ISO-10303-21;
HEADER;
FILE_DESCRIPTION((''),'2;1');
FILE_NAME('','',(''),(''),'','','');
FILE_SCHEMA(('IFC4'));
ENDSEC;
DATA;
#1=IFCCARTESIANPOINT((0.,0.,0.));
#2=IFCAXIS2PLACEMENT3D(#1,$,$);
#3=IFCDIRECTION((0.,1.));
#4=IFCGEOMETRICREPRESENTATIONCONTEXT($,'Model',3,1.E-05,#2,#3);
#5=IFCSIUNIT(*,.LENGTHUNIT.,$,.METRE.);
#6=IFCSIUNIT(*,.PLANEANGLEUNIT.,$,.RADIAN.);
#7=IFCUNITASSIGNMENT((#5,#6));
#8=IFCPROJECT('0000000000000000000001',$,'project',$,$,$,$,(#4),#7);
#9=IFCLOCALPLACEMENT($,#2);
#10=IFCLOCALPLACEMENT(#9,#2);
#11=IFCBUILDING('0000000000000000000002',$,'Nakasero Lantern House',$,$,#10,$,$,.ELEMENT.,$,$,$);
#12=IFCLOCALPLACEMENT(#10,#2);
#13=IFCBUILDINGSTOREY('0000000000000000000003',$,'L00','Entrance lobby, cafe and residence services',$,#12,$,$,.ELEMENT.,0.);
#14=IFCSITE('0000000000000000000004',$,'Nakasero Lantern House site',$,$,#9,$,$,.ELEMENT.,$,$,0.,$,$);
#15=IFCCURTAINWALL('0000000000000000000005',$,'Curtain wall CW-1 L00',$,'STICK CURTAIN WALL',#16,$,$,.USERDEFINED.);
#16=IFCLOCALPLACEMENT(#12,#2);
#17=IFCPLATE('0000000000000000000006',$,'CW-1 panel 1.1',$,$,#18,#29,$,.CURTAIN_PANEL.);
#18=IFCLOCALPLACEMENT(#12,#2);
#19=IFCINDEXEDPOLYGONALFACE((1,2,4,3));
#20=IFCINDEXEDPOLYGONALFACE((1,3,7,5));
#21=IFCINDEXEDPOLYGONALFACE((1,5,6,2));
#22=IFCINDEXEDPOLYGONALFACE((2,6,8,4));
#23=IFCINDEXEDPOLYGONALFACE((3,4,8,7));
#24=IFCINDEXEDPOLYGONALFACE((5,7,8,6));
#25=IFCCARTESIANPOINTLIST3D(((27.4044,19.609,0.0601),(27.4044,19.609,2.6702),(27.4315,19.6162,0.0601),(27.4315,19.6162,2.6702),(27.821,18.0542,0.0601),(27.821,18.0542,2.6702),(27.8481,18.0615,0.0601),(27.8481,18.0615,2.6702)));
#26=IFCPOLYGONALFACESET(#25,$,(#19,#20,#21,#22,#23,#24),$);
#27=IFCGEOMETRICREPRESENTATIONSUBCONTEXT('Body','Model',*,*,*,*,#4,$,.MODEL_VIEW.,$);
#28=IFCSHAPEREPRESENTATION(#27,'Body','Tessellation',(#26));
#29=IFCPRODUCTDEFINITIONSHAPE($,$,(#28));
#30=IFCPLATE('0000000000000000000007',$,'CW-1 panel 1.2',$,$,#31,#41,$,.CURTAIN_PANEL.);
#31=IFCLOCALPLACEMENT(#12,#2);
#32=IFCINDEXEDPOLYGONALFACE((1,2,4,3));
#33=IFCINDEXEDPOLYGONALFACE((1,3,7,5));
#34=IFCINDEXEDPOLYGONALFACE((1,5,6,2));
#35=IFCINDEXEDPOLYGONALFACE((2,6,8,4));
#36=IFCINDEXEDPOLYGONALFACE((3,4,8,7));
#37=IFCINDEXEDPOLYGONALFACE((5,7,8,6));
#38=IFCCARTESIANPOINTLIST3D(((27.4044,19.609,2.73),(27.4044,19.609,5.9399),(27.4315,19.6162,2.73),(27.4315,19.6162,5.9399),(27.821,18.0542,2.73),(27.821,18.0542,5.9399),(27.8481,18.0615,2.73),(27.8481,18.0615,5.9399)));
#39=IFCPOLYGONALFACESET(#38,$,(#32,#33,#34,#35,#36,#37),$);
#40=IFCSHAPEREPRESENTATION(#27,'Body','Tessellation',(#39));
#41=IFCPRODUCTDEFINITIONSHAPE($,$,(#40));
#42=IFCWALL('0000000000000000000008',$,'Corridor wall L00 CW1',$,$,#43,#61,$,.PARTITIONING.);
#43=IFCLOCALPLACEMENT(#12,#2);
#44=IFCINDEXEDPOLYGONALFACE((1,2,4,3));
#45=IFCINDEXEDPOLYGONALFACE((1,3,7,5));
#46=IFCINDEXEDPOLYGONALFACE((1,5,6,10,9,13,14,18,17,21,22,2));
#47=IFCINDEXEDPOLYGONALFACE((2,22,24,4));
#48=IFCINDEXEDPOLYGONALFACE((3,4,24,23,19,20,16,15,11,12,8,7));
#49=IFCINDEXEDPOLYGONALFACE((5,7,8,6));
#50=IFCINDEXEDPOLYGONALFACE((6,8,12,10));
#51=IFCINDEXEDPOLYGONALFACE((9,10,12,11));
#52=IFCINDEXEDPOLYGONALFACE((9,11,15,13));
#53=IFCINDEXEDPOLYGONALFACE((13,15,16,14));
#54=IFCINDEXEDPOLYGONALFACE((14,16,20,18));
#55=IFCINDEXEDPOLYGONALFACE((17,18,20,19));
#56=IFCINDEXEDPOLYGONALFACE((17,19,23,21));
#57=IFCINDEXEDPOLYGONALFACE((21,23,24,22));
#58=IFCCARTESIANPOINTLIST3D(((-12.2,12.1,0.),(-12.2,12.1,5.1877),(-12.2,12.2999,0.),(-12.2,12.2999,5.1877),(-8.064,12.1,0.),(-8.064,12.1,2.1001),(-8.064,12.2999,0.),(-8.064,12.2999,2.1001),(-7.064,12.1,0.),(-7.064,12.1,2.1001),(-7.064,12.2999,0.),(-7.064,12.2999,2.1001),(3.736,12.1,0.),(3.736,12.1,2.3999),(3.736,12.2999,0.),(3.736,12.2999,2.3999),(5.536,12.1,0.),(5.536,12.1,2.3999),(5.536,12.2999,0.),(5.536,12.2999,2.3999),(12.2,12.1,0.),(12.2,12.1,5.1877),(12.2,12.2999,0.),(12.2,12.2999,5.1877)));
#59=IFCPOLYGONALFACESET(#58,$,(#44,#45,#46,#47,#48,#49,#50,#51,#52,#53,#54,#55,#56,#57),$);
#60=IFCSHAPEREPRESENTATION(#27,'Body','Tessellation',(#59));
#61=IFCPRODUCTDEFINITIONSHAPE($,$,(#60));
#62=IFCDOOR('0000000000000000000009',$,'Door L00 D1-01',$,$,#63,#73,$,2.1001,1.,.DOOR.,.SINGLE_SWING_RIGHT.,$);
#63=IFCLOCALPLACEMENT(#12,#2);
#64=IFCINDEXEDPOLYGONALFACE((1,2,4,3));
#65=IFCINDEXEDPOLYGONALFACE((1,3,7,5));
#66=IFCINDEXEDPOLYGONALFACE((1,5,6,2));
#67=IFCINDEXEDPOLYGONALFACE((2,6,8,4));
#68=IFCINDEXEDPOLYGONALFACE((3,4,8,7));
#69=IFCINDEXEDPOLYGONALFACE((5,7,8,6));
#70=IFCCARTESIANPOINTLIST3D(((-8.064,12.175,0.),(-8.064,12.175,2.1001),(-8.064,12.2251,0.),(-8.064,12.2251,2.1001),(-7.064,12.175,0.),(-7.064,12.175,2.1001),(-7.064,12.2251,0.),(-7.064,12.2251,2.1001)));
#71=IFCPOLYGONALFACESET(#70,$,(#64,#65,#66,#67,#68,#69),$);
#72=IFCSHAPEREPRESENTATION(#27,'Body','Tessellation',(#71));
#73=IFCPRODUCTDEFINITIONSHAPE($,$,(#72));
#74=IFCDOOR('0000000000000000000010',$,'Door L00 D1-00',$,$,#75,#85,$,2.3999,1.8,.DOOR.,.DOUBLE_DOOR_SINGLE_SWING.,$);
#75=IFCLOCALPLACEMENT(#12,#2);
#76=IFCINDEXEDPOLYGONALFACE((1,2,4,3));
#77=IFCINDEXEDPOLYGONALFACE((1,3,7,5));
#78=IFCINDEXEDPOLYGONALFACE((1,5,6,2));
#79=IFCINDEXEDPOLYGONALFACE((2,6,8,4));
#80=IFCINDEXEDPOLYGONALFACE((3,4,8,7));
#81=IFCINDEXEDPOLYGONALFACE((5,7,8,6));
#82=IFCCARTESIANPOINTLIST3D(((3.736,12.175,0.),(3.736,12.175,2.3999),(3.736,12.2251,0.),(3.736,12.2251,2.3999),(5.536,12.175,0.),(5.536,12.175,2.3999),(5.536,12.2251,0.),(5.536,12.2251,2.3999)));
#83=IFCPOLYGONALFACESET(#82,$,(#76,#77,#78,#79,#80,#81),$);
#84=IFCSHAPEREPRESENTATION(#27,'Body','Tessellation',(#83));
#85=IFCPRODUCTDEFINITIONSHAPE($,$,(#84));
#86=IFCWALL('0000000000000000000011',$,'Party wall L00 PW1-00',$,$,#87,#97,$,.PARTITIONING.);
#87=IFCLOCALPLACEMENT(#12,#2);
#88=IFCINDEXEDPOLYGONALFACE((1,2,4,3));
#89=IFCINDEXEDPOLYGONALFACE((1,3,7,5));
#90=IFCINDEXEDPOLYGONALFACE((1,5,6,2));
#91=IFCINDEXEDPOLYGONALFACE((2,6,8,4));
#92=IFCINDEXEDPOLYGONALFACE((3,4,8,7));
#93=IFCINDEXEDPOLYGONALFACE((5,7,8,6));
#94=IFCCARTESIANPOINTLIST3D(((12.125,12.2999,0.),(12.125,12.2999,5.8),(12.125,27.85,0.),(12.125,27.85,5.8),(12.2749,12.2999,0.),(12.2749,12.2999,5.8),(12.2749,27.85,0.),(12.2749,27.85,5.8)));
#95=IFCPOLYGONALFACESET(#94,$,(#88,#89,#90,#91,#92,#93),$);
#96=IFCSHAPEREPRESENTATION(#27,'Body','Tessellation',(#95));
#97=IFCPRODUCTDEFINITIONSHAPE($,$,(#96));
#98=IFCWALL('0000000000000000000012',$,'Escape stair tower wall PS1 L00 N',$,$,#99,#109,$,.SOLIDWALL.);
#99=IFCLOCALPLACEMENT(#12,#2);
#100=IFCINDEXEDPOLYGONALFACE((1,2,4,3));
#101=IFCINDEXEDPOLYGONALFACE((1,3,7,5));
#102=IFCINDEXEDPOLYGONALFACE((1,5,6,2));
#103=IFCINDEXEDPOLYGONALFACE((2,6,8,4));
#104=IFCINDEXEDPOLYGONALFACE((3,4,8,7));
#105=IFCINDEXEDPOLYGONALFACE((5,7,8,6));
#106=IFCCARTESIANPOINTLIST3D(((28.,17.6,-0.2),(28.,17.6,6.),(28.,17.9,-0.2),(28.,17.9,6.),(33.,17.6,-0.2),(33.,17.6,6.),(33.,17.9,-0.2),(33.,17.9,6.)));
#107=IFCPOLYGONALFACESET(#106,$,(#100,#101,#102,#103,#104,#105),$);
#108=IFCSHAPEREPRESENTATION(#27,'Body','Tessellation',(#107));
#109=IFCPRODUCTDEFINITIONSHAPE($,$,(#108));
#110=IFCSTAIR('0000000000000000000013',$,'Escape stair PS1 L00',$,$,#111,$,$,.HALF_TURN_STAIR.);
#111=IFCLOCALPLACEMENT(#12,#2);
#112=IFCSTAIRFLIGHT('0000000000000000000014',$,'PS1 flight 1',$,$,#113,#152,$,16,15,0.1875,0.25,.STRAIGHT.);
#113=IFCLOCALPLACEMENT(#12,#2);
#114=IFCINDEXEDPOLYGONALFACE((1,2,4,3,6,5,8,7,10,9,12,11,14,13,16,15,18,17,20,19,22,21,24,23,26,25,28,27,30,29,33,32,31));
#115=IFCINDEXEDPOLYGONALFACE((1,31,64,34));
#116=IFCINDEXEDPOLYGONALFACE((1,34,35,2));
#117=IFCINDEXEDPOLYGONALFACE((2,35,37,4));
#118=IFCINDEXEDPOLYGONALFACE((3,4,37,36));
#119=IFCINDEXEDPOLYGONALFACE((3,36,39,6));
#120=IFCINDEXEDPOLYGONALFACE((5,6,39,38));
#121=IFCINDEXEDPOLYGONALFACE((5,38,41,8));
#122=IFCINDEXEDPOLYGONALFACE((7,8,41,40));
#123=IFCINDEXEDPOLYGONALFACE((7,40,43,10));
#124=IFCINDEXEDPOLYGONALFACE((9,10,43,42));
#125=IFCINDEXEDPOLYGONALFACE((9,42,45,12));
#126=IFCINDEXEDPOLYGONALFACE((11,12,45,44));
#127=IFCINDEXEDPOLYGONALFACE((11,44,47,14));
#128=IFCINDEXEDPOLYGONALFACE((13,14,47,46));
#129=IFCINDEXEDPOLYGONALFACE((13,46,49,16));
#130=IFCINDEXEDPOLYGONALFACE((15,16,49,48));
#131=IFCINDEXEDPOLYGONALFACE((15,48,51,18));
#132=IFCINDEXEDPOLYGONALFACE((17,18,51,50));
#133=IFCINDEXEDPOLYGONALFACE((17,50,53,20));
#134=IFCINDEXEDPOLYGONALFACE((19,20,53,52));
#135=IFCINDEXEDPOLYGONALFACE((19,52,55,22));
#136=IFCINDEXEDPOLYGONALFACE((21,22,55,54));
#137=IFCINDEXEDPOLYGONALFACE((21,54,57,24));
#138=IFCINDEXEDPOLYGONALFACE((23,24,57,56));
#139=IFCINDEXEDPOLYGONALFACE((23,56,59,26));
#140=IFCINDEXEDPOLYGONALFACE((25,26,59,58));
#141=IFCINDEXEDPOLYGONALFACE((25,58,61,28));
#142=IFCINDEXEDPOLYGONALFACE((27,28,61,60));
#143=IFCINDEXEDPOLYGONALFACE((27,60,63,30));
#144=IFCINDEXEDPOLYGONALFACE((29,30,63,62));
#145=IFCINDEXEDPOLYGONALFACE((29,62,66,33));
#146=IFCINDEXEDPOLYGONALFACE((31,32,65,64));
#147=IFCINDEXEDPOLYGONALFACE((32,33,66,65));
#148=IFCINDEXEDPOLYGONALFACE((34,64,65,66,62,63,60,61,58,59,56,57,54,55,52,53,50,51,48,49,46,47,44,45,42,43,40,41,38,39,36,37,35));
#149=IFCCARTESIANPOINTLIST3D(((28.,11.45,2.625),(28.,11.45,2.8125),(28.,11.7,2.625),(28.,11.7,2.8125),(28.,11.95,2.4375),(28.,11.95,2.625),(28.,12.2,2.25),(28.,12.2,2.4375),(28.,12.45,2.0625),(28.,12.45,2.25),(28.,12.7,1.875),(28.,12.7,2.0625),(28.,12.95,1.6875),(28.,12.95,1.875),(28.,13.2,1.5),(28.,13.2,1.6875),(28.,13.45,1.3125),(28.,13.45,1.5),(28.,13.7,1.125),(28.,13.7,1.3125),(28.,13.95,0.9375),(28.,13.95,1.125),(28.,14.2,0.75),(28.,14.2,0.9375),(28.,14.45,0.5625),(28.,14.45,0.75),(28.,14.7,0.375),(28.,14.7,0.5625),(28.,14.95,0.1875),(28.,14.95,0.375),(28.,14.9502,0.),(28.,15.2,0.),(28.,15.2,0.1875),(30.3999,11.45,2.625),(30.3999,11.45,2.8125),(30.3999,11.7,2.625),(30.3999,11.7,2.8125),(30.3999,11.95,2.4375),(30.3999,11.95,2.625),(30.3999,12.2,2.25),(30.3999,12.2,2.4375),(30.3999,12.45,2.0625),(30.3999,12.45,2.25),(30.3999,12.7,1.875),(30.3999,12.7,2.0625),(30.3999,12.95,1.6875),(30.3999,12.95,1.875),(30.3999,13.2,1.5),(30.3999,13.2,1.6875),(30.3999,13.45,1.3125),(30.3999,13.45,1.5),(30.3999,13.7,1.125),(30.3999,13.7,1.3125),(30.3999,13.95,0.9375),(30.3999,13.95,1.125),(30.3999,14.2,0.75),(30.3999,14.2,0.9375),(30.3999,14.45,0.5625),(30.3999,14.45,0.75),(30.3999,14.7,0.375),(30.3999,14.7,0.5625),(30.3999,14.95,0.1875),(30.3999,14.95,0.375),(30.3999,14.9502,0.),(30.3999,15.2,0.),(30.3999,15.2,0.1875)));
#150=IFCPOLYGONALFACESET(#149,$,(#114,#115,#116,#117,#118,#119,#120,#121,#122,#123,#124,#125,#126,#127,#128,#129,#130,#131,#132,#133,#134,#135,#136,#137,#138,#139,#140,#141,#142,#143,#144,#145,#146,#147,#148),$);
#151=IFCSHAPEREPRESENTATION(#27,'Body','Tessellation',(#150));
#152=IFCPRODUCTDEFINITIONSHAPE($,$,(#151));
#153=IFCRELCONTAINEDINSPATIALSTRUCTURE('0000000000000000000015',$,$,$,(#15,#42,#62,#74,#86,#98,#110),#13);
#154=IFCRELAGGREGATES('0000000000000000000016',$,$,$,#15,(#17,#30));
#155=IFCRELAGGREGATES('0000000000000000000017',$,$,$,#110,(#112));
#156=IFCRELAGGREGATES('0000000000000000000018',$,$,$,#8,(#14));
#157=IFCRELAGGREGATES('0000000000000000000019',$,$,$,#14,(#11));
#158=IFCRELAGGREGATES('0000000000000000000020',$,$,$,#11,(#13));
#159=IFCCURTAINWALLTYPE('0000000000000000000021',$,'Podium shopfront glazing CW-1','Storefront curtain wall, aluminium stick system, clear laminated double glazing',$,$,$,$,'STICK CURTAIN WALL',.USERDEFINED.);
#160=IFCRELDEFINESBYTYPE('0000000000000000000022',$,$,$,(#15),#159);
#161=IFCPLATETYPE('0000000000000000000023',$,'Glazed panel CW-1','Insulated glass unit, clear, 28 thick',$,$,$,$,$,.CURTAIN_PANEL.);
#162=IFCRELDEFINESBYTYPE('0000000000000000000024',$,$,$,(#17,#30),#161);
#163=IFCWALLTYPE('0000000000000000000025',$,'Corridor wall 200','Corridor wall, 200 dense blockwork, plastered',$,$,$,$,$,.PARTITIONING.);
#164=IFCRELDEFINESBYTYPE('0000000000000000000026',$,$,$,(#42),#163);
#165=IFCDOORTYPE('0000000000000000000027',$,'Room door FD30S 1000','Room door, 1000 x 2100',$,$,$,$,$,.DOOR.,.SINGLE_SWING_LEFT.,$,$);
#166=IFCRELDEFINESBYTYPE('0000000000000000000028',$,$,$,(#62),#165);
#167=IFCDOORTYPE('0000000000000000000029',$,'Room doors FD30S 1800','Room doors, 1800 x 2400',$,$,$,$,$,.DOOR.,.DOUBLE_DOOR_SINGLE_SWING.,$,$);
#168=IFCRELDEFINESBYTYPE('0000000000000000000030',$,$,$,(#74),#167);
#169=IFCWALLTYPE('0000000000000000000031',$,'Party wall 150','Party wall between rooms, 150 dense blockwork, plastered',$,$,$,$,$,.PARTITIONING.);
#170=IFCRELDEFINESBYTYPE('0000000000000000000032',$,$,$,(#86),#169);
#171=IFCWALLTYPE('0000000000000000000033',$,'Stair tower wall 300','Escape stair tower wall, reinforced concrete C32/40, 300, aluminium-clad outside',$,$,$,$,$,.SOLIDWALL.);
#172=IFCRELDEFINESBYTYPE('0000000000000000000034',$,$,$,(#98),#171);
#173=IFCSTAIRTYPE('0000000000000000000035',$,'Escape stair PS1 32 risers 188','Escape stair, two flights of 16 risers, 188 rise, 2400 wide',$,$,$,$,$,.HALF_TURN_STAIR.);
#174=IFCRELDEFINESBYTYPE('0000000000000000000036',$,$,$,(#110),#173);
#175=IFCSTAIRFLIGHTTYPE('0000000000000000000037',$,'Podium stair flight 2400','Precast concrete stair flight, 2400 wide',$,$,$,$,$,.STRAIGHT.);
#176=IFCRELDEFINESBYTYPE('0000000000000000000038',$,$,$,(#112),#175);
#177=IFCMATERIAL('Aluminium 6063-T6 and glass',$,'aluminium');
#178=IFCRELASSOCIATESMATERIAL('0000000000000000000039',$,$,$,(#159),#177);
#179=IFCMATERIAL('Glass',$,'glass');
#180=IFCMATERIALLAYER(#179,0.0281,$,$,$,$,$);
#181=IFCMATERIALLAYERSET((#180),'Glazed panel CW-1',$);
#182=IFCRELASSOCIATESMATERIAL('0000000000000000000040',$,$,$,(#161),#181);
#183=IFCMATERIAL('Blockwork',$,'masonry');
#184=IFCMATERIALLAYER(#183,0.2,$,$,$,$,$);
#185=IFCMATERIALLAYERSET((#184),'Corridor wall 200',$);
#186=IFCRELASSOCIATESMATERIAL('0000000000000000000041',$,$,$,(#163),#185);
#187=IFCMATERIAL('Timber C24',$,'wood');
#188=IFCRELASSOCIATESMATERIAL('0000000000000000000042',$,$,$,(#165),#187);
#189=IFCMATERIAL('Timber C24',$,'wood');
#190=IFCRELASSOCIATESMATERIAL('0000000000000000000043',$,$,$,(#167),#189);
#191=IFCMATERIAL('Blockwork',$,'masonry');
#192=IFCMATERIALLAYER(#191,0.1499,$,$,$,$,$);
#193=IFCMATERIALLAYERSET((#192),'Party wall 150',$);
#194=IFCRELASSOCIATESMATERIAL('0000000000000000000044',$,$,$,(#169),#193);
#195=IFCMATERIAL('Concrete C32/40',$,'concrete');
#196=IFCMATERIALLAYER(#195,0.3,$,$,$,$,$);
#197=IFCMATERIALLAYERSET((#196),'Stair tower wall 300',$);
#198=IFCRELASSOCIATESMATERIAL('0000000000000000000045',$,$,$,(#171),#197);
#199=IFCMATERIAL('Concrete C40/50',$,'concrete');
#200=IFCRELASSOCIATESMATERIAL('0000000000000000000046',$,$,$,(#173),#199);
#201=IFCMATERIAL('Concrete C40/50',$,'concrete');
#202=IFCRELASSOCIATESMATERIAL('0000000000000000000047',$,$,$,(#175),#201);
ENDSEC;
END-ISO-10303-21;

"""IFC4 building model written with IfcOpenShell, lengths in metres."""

from ifc_helpers import new_model, si_unit, direction, frame, frame_2d, origin, origin_2d, place, context, subcontext, project, spatial, polyline, rectangle, outline, extrude, material, layer, layer_set, type_object, element, fill, aggregate, save


model = new_model("IFC4")

# Units and contexts
model_context = context("Model", 3, precision=1e-05, world=origin(), true_north=direction((0.0, 1.0)))
body_context = subcontext(model_context, "Body", "Model", "MODEL_VIEW")
ifc_project = project(units=[si_unit("LENGTHUNIT", "METRE"), si_unit("PLANEANGLEUNIT", "RADIAN")], contexts=[model_context])

# Site, building, storey
site_placement = place(None, origin())
site = spatial("IfcSite", under=ifc_project, at=site_placement, Name="Nakasero Lantern House site", CompositionType="ELEMENT", RefElevation=0.0)
building_placement = place(site_placement, origin())
building = spatial("IfcBuilding", under=site, at=building_placement, Name="Nakasero Lantern House", CompositionType="ELEMENT")
storey_placement = place(building_placement, origin())
storey = spatial("IfcBuildingStorey", under=building, at=storey_placement, Name="L00", Description="Entrance lobby, cafe and residence services", CompositionType="ELEMENT", Elevation=0.0)

# Curtain wall
ifc_material_1 = material(Name="Aluminium 6063-T6 and glass", Category="aluminium")
curtain_wall_type = type_object("IfcCurtainWallType", Name="Podium shopfront glazing CW-1", Description="Storefront curtain wall, aluminium stick system, clear laminated double glazing", ElementType="STICK CURTAIN WALL", PredefinedType="USERDEFINED", material=ifc_material_1)
curtain_wall_placement = place(storey_placement, origin())
curtain_wall = element("IfcCurtainWall", 1, at=curtain_wall_placement, inside=storey, type_object=curtain_wall_type, Name="Curtain wall CW-1 L00", ObjectType="STICK CURTAIN WALL", PredefinedType="USERDEFINED")

# Plates
ifc_material_2 = material(Name="Glass", Category="glass")
ifc_layer_1 = layer(ifc_material_2, 0.0281)
ifc_layer_set_1 = layer_set([ifc_layer_1], Name="Glazed panel CW-1")
plate_type = type_object("IfcPlateType", Name="Glazed panel CW-1", Description="Insulated glass unit, clear, 28 thick", PredefinedType="CURTAIN_PANEL", material=ifc_layer_set_1)
plate_1_placement = place(storey_placement, frame((27.6262, 18.8352, 0.0601), z_axis=(0.0, 0.0, 1.0), x_axis=(-0.258819, 0.965926, 0.0)))
plate_1 = element("IfcPlate", 2, at=plate_1_placement, type_object=plate_type, Name="CW-1 panel 1.1", PredefinedType="CURTAIN_PANEL", context=body_context, shape_type="SweptSolid", body=[
    extrude(rectangle(XDim=1.6096, YDim=0.0281, at=origin_2d()), origin(), (0.0, 0.0, 1.0), 2.6101),
])
plate_2_placement = place(storey_placement, frame((27.6262, 18.8352, 2.73), z_axis=(0.0, 0.0, 1.0), x_axis=(-0.258819, 0.965926, 0.0)))
plate_2 = element("IfcPlate", 3, at=plate_2_placement, type_object=plate_type, Name="CW-1 panel 1.2", PredefinedType="CURTAIN_PANEL", context=body_context, shape_type="SweptSolid", body=[
    extrude(rectangle(XDim=1.6096, YDim=0.0281, at=origin_2d()), origin(), (0.0, 0.0, 1.0), 3.21),
])
aggregate(curtain_wall, [plate_1, plate_2])

# Wall, openings, doors
ifc_material_3 = material(Name="Blockwork", Category="masonry")
ifc_layer_2 = layer(ifc_material_3, 0.2)
ifc_layer_set_2 = layer_set([ifc_layer_2], Name="Corridor wall 200")
wall_type_1 = type_object("IfcWallType", Name="Corridor wall 200", Description="Corridor wall, 200 dense blockwork, plastered", PredefinedType="PARTITIONING", material=ifc_layer_set_2)
wall_1_placement = place(storey_placement, frame((12.2, 12.2, 0.0), z_axis=(0.0, 0.0, 1.0), x_axis=(-1.0, 0.0, 0.0)))
wall_1 = element("IfcWall", 4, at=wall_1_placement, inside=storey, type_object=wall_type_1, Name="Corridor wall L00 CW1", PredefinedType="PARTITIONING", context=body_context, shape_type="SweptSolid", body=[
    extrude(rectangle(XDim=24.3999, YDim=0.2, at=frame_2d((12.2, 0.0))), origin(), (0.0, 0.0, 1.0), 5.1877),
])
opening_1_placement = place(wall_1_placement, frame((6.6641, 0.0, 0.0)))
opening_1 = element("IfcOpeningElement", 5, at=opening_1_placement, cuts=wall_1, PredefinedType="OPENING", context=body_context, shape_type="SweptSolid", body=[
    extrude(rectangle(XDim=1.8, YDim=2.3999, at=frame_2d((0.8999, 1.2))), frame((0.0, 0.1199, 0.0), z_axis=(0.0, -1.0, 0.0), x_axis=(1.0, 0.0, 0.0)), (0.0, 0.0, 1.0), 0.24),
])
opening_2_placement = place(wall_1_placement, frame((19.2639, 0.0, 0.0)))
opening_2 = element("IfcOpeningElement", 6, at=opening_2_placement, cuts=wall_1, PredefinedType="OPENING", context=body_context, shape_type="SweptSolid", body=[
    extrude(rectangle(XDim=1.0, YDim=2.1001, at=frame_2d((0.5, 1.05))), frame((0.0, 0.1199, 0.0), z_axis=(0.0, -1.0, 0.0), x_axis=(1.0, 0.0, 0.0)), (0.0, 0.0, 1.0), 0.24),
])
ifc_material_4 = material(Name="Timber C24", Category="wood")
door_type_1 = type_object("IfcDoorType", Name="Room door FD30S 1000", Description="Room door, 1000 x 2100", OperationType="SINGLE_SWING_LEFT", PredefinedType="DOOR", material=ifc_material_4)
door_1_placement = place(opening_2_placement, origin())
door_1 = element("IfcDoor", 7, at=door_1_placement, inside=storey, type_object=door_type_1, Name="Door L00 D1-01", OperationType="SINGLE_SWING_RIGHT", OverallHeight=2.1001, OverallWidth=1.0, PredefinedType="DOOR", context=body_context, shape_type="SweptSolid", body=[
    extrude(rectangle(XDim=1.0, YDim=2.1001, at=frame_2d((0.5, 1.05))), frame((0.0, 0.0249, 0.0), z_axis=(0.0, -1.0, 0.0), x_axis=(1.0, 0.0, 0.0)), (0.0, 0.0, 1.0), 0.05),
])
fill(opening_2, door_1)
ifc_material_5 = material(Name="Timber C24", Category="wood")
door_type_2 = type_object("IfcDoorType", Name="Room doors FD30S 1800", Description="Room doors, 1800 x 2400", OperationType="DOUBLE_DOOR_SINGLE_SWING", PredefinedType="DOOR", material=ifc_material_5)
door_2_placement = place(opening_1_placement, origin())
door_2 = element("IfcDoor", 8, at=door_2_placement, inside=storey, type_object=door_type_2, Name="Door L00 D1-00", OperationType="DOUBLE_DOOR_SINGLE_SWING", OverallHeight=2.3999, OverallWidth=1.8, PredefinedType="DOOR", context=body_context, shape_type="SweptSolid", body=[
    extrude(rectangle(XDim=1.8, YDim=2.3999, at=frame_2d((0.8999, 1.2))), frame((0.0, 0.0249, 0.0), z_axis=(0.0, -1.0, 0.0), x_axis=(1.0, 0.0, 0.0)), (0.0, 0.0, 1.0), 0.05),
])
fill(opening_1, door_2)

# Walls
ifc_material_6 = material(Name="Blockwork", Category="masonry")
ifc_layer_3 = layer(ifc_material_6, 0.1499)
ifc_layer_set_3 = layer_set([ifc_layer_3], Name="Party wall 150")
wall_type_2 = type_object("IfcWallType", Name="Party wall 150", Description="Party wall between rooms, 150 dense blockwork, plastered", PredefinedType="PARTITIONING", material=ifc_layer_set_3)
wall_2_placement = place(storey_placement, frame((12.2, 12.3, 0.0), z_axis=(0.0, 0.0, 1.0), x_axis=(0.0, 1.0, 0.0)))
element("IfcWall", 9, at=wall_2_placement, inside=storey, type_object=wall_type_2, Name="Party wall L00 PW1-00", PredefinedType="PARTITIONING", context=body_context, shape_type="SweptSolid", body=[
    extrude(rectangle(XDim=15.55, YDim=0.1499, at=frame_2d((7.7749, 0.0))), origin(), (0.0, 0.0, 1.0), 5.8),
])
ifc_material_7 = material(Name="Concrete C32/40", Category="concrete")
ifc_layer_4 = layer(ifc_material_7, 0.3)
ifc_layer_set_4 = layer_set([ifc_layer_4], Name="Stair tower wall 300")
wall_type_3 = type_object("IfcWallType", Name="Stair tower wall 300", Description="Escape stair tower wall, reinforced concrete C32/40, 300, aluminium-clad outside", PredefinedType="SOLIDWALL", material=ifc_layer_set_4)
wall_3_placement = place(storey_placement, frame((28.0, 17.75, -0.2), z_axis=(0.0, 0.0, 1.0), x_axis=(1.0, 0.0, 0.0)))
element("IfcWall", 10, at=wall_3_placement, inside=storey, type_object=wall_type_3, Name="Escape stair tower wall PS1 L00 N", PredefinedType="SOLIDWALL", context=body_context, shape_type="SweptSolid", body=[
    extrude(rectangle(XDim=5.0, YDim=0.3, at=frame_2d((2.5, 0.0))), origin(), (0.0, 0.0, 1.0), 6.2),
])

# Stair, stair flight
ifc_material_8 = material(Name="Concrete C40/50", Category="concrete")
stair_type = type_object("IfcStairType", Name="Escape stair PS1 32 risers 188", Description="Escape stair, two flights of 16 risers, 188 rise, 2400 wide", PredefinedType="HALF_TURN_STAIR", material=ifc_material_8)
stair_placement = place(storey_placement, origin())
stair = element("IfcStair", 11, at=stair_placement, inside=storey, type_object=stair_type, Name="Escape stair PS1 L00", PredefinedType="HALF_TURN_STAIR")
ifc_material_9 = material(Name="Concrete C40/50", Category="concrete")
stair_flight_type = type_object("IfcStairFlightType", Name="Podium stair flight 2400", Description="Precast concrete stair flight, 2400 wide", PredefinedType="STRAIGHT", material=ifc_material_9)
stair_flight_1_placement = place(storey_placement, frame((29.2, 15.2, 0.0), z_axis=(0.0, 0.0, 1.0), x_axis=(0.0, -1.0, 0.0)))
stair_flight_1 = element("IfcStairFlight", 12, at=stair_flight_1_placement, type_object=stair_flight_type, Name="PS1 flight 1", NumberOfRisers=16, NumberOfTreads=15, PredefinedType="STRAIGHT", RiserHeight=0.1875, TreadLength=0.25, context=body_context, shape_type="SweptSolid", body=[
    extrude(outline(polyline([(0.0, 0.0), (0.0, 0.1875), (0.25, 0.1875), (0.25, 0.375), (0.5, 0.375), (0.5, 0.5625), (0.75, 0.5625), (0.75, 0.75), (1.0, 0.75), (1.0, 0.9375), (1.25, 0.9375), (1.25, 1.125), (1.5, 1.125), (1.5, 1.3125), (1.75, 1.3125), (1.75, 1.5), (2.0, 1.5), (2.0, 1.6875), (2.25, 1.6875), (2.25, 1.875), (2.5, 1.875), (2.5, 2.0625), (2.75, 2.0625), (2.75, 2.25), (3.0, 2.25), (3.0, 2.4375), (3.25, 2.4375), (3.25, 2.625), (3.5, 2.625), (3.5, 2.8125), (3.75, 2.8125), (3.75, 3.0), (3.75, 2.625), (0.2498, 0.0), (0.0, 0.0)])), frame((0.0, 1.2, 0.0), z_axis=(0.0, -1.0, 0.0), x_axis=(1.0, 0.0, 0.0)), (0.0, 0.0, 1.0), 2.3999),
])
aggregate(stair, [stair_flight_1])

save(model, "model.ifc")
